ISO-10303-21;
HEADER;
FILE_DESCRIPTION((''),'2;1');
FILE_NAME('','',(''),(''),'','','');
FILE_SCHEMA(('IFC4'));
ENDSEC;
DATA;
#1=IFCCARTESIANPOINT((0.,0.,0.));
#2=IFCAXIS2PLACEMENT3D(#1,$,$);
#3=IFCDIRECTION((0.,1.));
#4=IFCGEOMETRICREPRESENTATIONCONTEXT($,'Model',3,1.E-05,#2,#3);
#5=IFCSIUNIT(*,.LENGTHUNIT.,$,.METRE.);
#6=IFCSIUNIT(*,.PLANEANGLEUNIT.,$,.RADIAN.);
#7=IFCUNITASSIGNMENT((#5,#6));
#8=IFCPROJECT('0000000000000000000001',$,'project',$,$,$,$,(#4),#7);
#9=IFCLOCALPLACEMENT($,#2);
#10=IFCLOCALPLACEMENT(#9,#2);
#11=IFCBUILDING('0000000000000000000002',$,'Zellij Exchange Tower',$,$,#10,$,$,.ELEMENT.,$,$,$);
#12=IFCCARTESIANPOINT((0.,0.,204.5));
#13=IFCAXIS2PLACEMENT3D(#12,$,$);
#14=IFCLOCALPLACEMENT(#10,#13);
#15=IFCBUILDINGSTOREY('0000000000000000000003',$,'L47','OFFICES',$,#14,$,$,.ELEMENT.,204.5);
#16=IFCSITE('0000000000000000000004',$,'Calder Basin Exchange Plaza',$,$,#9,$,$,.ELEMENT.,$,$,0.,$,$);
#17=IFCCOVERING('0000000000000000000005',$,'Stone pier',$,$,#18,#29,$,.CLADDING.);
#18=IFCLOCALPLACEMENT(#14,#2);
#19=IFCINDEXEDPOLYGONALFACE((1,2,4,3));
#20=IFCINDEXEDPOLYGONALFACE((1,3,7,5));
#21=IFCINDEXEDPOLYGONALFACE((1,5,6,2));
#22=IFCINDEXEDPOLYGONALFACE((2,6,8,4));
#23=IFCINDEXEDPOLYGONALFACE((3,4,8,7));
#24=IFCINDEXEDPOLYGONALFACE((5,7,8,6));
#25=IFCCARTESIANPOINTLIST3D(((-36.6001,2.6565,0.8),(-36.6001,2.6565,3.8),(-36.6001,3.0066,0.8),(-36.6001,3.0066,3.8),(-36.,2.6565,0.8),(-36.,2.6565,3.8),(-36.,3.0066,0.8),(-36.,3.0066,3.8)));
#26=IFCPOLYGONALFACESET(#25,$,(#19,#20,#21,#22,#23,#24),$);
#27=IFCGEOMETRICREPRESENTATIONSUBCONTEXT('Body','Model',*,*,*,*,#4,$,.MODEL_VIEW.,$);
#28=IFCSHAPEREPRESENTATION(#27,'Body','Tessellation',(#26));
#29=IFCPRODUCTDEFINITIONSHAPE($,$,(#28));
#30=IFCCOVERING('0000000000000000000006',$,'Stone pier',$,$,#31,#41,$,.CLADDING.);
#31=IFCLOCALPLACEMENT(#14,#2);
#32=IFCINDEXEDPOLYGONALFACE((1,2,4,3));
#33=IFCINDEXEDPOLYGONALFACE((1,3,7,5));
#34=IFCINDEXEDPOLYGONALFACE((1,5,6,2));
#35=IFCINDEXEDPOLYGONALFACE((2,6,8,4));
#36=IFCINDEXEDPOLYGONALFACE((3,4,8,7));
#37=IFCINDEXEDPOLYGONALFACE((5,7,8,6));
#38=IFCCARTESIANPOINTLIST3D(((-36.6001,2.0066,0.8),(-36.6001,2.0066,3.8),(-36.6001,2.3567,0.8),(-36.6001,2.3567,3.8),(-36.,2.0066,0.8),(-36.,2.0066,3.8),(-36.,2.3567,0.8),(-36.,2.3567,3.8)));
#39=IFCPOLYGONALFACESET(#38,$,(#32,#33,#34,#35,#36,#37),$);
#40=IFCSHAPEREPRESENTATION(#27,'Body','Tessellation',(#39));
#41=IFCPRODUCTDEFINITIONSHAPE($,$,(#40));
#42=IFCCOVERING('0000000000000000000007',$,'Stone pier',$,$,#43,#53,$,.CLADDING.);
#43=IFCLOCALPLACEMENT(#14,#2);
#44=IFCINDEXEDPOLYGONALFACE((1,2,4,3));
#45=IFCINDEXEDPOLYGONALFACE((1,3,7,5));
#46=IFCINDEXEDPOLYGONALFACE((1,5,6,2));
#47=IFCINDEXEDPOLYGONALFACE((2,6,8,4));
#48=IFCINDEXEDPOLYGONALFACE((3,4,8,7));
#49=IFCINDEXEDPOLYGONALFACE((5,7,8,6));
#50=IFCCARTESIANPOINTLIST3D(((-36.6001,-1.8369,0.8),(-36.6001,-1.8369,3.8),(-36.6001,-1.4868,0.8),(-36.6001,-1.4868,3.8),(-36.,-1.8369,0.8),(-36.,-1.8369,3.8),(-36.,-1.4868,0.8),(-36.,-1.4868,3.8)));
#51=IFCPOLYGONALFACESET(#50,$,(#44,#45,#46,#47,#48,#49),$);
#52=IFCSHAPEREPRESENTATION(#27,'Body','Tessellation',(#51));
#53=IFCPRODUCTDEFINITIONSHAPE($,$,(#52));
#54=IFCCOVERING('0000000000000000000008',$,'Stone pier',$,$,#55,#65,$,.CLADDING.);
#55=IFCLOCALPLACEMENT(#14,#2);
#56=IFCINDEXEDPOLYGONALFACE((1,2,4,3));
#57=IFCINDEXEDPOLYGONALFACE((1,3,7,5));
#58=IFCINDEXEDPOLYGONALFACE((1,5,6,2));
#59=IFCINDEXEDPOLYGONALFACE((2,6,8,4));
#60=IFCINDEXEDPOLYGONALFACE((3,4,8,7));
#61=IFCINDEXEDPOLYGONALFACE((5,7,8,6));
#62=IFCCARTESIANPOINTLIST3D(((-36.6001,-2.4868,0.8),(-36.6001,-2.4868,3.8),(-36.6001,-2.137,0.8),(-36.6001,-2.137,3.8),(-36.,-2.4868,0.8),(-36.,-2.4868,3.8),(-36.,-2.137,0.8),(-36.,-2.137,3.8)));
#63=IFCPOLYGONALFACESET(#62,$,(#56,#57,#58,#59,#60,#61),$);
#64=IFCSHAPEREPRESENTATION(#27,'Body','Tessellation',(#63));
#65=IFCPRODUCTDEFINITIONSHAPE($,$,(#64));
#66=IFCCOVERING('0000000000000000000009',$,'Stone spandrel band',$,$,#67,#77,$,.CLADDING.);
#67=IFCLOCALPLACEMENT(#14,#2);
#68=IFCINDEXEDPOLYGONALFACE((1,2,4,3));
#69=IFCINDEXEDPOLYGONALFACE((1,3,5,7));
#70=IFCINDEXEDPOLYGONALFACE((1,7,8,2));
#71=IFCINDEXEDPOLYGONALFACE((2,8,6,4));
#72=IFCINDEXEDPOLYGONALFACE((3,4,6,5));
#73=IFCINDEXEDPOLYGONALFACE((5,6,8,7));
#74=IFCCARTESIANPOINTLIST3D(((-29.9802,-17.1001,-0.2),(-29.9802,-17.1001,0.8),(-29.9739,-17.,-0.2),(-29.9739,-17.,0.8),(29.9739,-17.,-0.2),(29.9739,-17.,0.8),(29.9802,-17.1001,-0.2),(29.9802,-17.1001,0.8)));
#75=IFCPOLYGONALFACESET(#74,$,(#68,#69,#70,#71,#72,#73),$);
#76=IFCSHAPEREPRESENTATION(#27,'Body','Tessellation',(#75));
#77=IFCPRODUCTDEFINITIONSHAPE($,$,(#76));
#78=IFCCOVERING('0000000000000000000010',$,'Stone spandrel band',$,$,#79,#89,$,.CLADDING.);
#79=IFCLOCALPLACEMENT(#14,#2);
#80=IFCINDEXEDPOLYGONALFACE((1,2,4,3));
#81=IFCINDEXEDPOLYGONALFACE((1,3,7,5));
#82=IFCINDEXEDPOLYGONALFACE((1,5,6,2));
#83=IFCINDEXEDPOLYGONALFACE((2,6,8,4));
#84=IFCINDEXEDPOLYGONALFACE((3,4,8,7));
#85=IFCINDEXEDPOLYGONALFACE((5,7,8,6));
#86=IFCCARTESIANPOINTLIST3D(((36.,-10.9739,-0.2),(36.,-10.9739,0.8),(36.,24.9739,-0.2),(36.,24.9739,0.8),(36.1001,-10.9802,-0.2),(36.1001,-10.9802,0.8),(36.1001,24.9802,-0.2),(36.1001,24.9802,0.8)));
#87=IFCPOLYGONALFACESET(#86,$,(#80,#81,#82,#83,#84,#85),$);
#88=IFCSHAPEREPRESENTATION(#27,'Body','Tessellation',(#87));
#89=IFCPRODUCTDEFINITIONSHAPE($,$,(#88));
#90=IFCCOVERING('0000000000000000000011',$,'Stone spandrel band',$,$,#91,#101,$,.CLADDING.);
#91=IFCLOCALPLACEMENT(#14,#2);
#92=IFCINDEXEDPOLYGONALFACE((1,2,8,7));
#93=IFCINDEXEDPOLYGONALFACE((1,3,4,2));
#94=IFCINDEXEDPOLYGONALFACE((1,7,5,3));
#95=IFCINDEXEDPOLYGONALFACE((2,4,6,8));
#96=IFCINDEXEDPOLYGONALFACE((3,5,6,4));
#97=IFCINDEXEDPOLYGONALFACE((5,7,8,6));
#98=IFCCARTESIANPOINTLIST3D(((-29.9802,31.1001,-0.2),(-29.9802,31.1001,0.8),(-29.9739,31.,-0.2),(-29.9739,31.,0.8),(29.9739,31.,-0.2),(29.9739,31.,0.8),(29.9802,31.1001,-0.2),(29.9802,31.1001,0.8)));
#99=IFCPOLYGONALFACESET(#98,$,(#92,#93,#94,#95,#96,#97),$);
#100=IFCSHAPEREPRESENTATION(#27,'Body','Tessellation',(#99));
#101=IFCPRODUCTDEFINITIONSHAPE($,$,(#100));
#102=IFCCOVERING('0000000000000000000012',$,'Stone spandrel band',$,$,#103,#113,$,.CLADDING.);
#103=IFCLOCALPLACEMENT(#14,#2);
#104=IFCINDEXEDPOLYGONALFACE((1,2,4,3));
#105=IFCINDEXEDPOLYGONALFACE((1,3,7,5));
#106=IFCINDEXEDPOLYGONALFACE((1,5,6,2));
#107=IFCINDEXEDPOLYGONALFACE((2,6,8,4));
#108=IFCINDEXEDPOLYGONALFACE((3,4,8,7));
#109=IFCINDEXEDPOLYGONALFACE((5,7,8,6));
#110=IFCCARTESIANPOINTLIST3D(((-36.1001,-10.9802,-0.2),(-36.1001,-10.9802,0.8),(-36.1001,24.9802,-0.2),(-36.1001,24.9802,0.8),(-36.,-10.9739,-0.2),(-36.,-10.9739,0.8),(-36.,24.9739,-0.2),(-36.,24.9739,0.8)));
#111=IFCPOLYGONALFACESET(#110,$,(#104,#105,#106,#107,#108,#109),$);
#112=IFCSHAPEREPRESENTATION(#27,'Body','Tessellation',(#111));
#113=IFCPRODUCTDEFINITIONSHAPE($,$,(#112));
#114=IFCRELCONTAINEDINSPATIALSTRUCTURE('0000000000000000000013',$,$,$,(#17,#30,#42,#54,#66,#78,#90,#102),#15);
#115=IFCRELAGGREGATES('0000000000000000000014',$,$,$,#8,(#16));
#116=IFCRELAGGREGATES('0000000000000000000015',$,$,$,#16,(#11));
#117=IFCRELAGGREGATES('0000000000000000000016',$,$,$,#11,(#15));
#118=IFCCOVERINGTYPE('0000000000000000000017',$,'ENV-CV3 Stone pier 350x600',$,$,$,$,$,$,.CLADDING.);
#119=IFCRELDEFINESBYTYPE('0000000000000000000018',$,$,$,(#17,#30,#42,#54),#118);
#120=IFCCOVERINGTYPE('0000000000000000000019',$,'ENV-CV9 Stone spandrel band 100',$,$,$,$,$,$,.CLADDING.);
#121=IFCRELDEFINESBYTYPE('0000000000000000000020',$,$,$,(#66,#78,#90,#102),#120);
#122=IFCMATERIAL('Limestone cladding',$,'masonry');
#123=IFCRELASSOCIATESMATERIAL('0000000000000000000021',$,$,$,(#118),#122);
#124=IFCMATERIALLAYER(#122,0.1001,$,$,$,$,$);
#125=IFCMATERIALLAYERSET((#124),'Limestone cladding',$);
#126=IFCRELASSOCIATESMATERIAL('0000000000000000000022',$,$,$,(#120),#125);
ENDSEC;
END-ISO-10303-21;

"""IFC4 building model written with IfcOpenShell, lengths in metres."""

from ifc_helpers import new_model, si_unit, direction, frame, origin, place, context, subcontext, project, spatial, polyline, outline, extrude, material, layer, layer_set, type_object, element, save


model = new_model("IFC4")

# Units and contexts
model_context = context("Model", 3, precision=1e-05, world=origin(), true_north=direction((0.0, 1.0)))
body_context = subcontext(model_context, "Body", "Model", "MODEL_VIEW")
ifc_project = project(units=[si_unit("LENGTHUNIT", "METRE"), si_unit("PLANEANGLEUNIT", "RADIAN")], contexts=[model_context])

# Site, building, storey
site_placement = place(None, origin())
site = spatial("IfcSite", under=ifc_project, at=site_placement, Name="Calder Basin Exchange Plaza", CompositionType="ELEMENT", RefElevation=0.0)
building_placement = place(site_placement, origin())
building = spatial("IfcBuilding", under=site, at=building_placement, Name="Zellij Exchange Tower", CompositionType="ELEMENT")
storey_placement = place(building_placement, frame((0.0, 0.0, 204.5)))
storey = spatial("IfcBuildingStorey", under=building, at=storey_placement, Name="L47", Description="OFFICES", CompositionType="ELEMENT", Elevation=204.5)

# Coverings
ifc_material_1 = material(Name="Limestone cladding", Category="masonry")
covering_type_1 = type_object("IfcCoveringType", Name="ENV-CV3 Stone pier 350x600", PredefinedType="CLADDING", material=ifc_material_1)
covering_1_placement = place(storey_placement, frame((0.0, 0.0, 0.8)))
element("IfcCovering", 1, at=covering_1_placement, inside=storey, type_object=covering_type_1, Name="Stone pier", PredefinedType="CLADDING", context=body_context, shape_type="SweptSolid", body=[
    extrude(outline(polyline([(-36.0, 3.0066), (-36.0, 2.6565), (-36.6001, 2.6565), (-36.6001, 3.0066), (-36.0, 3.0066)])), origin(), (0.0, 0.0, 1.0), 3.0),
])
covering_2_placement = place(storey_placement, frame((0.0, 0.0, 0.8)))
element("IfcCovering", 2, at=covering_2_placement, inside=storey, type_object=covering_type_1, Name="Stone pier", PredefinedType="CLADDING", context=body_context, shape_type="SweptSolid", body=[
    extrude(outline(polyline([(-36.0, 2.3567), (-36.0, 2.0066), (-36.6001, 2.0066), (-36.6001, 2.3567), (-36.0, 2.3567)])), origin(), (0.0, 0.0, 1.0), 3.0),
])
covering_3_placement = place(storey_placement, frame((0.0, 0.0, 0.8)))
element("IfcCovering", 3, at=covering_3_placement, inside=storey, type_object=covering_type_1, Name="Stone pier", PredefinedType="CLADDING", context=body_context, shape_type="SweptSolid", body=[
    extrude(outline(polyline([(-36.0, -1.4868), (-36.0, -1.8369), (-36.6001, -1.8369), (-36.6001, -1.4868), (-36.0, -1.4868)])), origin(), (0.0, 0.0, 1.0), 3.0),
])
covering_4_placement = place(storey_placement, frame((0.0, 0.0, 0.8)))
element("IfcCovering", 4, at=covering_4_placement, inside=storey, type_object=covering_type_1, Name="Stone pier", PredefinedType="CLADDING", context=body_context, shape_type="SweptSolid", body=[
    extrude(outline(polyline([(-36.0, -2.137), (-36.0, -2.4868), (-36.6001, -2.4868), (-36.6001, -2.137), (-36.0, -2.137)])), origin(), (0.0, 0.0, 1.0), 3.0),
])
ifc_layer_1 = layer(ifc_material_1, 0.1001)
ifc_layer_set_1 = layer_set([ifc_layer_1], Name="Limestone cladding")
covering_type_2 = type_object("IfcCoveringType", Name="ENV-CV9 Stone spandrel band 100", PredefinedType="CLADDING", material=ifc_layer_set_1)
covering_5_placement = place(storey_placement, frame((0.0, 0.0, -0.2)))
element("IfcCovering", 5, at=covering_5_placement, inside=storey, type_object=covering_type_2, Name="Stone spandrel band", PredefinedType="CLADDING", context=body_context, shape_type="SweptSolid", body=[
    extrude(outline(polyline([(-29.9739, -17.0), (29.9739, -17.0), (29.9802, -17.1001), (-29.9802, -17.1001), (-29.9739, -17.0)])), origin(), (0.0, 0.0, 1.0), 1.0),
])
covering_6_placement = place(storey_placement, frame((0.0, 0.0, -0.2)))
element("IfcCovering", 6, at=covering_6_placement, inside=storey, type_object=covering_type_2, Name="Stone spandrel band", PredefinedType="CLADDING", context=body_context, shape_type="SweptSolid", body=[
    extrude(outline(polyline([(36.0, -10.9739), (36.0, 24.9739), (36.1001, 24.9802), (36.1001, -10.9802), (36.0, -10.9739)])), origin(), (0.0, 0.0, 1.0), 1.0),
])
covering_7_placement = place(storey_placement, frame((0.0, 0.0, -0.2)))
element("IfcCovering", 7, at=covering_7_placement, inside=storey, type_object=covering_type_2, Name="Stone spandrel band", PredefinedType="CLADDING", context=body_context, shape_type="SweptSolid", body=[
    extrude(outline(polyline([(29.9739, 31.0), (-29.9739, 31.0), (-29.9802, 31.1001), (29.9802, 31.1001), (29.9739, 31.0)])), origin(), (0.0, 0.0, 1.0), 1.0),
])
covering_8_placement = place(storey_placement, frame((0.0, 0.0, -0.2)))
element("IfcCovering", 8, at=covering_8_placement, inside=storey, type_object=covering_type_2, Name="Stone spandrel band", PredefinedType="CLADDING", context=body_context, shape_type="SweptSolid", body=[
    extrude(outline(polyline([(-36.0, 24.9739), (-36.0, -10.9739), (-36.1001, -10.9802), (-36.1001, 24.9802), (-36.0, 24.9739)])), origin(), (0.0, 0.0, 1.0), 1.0),
])

save(model, "model.ifc")
